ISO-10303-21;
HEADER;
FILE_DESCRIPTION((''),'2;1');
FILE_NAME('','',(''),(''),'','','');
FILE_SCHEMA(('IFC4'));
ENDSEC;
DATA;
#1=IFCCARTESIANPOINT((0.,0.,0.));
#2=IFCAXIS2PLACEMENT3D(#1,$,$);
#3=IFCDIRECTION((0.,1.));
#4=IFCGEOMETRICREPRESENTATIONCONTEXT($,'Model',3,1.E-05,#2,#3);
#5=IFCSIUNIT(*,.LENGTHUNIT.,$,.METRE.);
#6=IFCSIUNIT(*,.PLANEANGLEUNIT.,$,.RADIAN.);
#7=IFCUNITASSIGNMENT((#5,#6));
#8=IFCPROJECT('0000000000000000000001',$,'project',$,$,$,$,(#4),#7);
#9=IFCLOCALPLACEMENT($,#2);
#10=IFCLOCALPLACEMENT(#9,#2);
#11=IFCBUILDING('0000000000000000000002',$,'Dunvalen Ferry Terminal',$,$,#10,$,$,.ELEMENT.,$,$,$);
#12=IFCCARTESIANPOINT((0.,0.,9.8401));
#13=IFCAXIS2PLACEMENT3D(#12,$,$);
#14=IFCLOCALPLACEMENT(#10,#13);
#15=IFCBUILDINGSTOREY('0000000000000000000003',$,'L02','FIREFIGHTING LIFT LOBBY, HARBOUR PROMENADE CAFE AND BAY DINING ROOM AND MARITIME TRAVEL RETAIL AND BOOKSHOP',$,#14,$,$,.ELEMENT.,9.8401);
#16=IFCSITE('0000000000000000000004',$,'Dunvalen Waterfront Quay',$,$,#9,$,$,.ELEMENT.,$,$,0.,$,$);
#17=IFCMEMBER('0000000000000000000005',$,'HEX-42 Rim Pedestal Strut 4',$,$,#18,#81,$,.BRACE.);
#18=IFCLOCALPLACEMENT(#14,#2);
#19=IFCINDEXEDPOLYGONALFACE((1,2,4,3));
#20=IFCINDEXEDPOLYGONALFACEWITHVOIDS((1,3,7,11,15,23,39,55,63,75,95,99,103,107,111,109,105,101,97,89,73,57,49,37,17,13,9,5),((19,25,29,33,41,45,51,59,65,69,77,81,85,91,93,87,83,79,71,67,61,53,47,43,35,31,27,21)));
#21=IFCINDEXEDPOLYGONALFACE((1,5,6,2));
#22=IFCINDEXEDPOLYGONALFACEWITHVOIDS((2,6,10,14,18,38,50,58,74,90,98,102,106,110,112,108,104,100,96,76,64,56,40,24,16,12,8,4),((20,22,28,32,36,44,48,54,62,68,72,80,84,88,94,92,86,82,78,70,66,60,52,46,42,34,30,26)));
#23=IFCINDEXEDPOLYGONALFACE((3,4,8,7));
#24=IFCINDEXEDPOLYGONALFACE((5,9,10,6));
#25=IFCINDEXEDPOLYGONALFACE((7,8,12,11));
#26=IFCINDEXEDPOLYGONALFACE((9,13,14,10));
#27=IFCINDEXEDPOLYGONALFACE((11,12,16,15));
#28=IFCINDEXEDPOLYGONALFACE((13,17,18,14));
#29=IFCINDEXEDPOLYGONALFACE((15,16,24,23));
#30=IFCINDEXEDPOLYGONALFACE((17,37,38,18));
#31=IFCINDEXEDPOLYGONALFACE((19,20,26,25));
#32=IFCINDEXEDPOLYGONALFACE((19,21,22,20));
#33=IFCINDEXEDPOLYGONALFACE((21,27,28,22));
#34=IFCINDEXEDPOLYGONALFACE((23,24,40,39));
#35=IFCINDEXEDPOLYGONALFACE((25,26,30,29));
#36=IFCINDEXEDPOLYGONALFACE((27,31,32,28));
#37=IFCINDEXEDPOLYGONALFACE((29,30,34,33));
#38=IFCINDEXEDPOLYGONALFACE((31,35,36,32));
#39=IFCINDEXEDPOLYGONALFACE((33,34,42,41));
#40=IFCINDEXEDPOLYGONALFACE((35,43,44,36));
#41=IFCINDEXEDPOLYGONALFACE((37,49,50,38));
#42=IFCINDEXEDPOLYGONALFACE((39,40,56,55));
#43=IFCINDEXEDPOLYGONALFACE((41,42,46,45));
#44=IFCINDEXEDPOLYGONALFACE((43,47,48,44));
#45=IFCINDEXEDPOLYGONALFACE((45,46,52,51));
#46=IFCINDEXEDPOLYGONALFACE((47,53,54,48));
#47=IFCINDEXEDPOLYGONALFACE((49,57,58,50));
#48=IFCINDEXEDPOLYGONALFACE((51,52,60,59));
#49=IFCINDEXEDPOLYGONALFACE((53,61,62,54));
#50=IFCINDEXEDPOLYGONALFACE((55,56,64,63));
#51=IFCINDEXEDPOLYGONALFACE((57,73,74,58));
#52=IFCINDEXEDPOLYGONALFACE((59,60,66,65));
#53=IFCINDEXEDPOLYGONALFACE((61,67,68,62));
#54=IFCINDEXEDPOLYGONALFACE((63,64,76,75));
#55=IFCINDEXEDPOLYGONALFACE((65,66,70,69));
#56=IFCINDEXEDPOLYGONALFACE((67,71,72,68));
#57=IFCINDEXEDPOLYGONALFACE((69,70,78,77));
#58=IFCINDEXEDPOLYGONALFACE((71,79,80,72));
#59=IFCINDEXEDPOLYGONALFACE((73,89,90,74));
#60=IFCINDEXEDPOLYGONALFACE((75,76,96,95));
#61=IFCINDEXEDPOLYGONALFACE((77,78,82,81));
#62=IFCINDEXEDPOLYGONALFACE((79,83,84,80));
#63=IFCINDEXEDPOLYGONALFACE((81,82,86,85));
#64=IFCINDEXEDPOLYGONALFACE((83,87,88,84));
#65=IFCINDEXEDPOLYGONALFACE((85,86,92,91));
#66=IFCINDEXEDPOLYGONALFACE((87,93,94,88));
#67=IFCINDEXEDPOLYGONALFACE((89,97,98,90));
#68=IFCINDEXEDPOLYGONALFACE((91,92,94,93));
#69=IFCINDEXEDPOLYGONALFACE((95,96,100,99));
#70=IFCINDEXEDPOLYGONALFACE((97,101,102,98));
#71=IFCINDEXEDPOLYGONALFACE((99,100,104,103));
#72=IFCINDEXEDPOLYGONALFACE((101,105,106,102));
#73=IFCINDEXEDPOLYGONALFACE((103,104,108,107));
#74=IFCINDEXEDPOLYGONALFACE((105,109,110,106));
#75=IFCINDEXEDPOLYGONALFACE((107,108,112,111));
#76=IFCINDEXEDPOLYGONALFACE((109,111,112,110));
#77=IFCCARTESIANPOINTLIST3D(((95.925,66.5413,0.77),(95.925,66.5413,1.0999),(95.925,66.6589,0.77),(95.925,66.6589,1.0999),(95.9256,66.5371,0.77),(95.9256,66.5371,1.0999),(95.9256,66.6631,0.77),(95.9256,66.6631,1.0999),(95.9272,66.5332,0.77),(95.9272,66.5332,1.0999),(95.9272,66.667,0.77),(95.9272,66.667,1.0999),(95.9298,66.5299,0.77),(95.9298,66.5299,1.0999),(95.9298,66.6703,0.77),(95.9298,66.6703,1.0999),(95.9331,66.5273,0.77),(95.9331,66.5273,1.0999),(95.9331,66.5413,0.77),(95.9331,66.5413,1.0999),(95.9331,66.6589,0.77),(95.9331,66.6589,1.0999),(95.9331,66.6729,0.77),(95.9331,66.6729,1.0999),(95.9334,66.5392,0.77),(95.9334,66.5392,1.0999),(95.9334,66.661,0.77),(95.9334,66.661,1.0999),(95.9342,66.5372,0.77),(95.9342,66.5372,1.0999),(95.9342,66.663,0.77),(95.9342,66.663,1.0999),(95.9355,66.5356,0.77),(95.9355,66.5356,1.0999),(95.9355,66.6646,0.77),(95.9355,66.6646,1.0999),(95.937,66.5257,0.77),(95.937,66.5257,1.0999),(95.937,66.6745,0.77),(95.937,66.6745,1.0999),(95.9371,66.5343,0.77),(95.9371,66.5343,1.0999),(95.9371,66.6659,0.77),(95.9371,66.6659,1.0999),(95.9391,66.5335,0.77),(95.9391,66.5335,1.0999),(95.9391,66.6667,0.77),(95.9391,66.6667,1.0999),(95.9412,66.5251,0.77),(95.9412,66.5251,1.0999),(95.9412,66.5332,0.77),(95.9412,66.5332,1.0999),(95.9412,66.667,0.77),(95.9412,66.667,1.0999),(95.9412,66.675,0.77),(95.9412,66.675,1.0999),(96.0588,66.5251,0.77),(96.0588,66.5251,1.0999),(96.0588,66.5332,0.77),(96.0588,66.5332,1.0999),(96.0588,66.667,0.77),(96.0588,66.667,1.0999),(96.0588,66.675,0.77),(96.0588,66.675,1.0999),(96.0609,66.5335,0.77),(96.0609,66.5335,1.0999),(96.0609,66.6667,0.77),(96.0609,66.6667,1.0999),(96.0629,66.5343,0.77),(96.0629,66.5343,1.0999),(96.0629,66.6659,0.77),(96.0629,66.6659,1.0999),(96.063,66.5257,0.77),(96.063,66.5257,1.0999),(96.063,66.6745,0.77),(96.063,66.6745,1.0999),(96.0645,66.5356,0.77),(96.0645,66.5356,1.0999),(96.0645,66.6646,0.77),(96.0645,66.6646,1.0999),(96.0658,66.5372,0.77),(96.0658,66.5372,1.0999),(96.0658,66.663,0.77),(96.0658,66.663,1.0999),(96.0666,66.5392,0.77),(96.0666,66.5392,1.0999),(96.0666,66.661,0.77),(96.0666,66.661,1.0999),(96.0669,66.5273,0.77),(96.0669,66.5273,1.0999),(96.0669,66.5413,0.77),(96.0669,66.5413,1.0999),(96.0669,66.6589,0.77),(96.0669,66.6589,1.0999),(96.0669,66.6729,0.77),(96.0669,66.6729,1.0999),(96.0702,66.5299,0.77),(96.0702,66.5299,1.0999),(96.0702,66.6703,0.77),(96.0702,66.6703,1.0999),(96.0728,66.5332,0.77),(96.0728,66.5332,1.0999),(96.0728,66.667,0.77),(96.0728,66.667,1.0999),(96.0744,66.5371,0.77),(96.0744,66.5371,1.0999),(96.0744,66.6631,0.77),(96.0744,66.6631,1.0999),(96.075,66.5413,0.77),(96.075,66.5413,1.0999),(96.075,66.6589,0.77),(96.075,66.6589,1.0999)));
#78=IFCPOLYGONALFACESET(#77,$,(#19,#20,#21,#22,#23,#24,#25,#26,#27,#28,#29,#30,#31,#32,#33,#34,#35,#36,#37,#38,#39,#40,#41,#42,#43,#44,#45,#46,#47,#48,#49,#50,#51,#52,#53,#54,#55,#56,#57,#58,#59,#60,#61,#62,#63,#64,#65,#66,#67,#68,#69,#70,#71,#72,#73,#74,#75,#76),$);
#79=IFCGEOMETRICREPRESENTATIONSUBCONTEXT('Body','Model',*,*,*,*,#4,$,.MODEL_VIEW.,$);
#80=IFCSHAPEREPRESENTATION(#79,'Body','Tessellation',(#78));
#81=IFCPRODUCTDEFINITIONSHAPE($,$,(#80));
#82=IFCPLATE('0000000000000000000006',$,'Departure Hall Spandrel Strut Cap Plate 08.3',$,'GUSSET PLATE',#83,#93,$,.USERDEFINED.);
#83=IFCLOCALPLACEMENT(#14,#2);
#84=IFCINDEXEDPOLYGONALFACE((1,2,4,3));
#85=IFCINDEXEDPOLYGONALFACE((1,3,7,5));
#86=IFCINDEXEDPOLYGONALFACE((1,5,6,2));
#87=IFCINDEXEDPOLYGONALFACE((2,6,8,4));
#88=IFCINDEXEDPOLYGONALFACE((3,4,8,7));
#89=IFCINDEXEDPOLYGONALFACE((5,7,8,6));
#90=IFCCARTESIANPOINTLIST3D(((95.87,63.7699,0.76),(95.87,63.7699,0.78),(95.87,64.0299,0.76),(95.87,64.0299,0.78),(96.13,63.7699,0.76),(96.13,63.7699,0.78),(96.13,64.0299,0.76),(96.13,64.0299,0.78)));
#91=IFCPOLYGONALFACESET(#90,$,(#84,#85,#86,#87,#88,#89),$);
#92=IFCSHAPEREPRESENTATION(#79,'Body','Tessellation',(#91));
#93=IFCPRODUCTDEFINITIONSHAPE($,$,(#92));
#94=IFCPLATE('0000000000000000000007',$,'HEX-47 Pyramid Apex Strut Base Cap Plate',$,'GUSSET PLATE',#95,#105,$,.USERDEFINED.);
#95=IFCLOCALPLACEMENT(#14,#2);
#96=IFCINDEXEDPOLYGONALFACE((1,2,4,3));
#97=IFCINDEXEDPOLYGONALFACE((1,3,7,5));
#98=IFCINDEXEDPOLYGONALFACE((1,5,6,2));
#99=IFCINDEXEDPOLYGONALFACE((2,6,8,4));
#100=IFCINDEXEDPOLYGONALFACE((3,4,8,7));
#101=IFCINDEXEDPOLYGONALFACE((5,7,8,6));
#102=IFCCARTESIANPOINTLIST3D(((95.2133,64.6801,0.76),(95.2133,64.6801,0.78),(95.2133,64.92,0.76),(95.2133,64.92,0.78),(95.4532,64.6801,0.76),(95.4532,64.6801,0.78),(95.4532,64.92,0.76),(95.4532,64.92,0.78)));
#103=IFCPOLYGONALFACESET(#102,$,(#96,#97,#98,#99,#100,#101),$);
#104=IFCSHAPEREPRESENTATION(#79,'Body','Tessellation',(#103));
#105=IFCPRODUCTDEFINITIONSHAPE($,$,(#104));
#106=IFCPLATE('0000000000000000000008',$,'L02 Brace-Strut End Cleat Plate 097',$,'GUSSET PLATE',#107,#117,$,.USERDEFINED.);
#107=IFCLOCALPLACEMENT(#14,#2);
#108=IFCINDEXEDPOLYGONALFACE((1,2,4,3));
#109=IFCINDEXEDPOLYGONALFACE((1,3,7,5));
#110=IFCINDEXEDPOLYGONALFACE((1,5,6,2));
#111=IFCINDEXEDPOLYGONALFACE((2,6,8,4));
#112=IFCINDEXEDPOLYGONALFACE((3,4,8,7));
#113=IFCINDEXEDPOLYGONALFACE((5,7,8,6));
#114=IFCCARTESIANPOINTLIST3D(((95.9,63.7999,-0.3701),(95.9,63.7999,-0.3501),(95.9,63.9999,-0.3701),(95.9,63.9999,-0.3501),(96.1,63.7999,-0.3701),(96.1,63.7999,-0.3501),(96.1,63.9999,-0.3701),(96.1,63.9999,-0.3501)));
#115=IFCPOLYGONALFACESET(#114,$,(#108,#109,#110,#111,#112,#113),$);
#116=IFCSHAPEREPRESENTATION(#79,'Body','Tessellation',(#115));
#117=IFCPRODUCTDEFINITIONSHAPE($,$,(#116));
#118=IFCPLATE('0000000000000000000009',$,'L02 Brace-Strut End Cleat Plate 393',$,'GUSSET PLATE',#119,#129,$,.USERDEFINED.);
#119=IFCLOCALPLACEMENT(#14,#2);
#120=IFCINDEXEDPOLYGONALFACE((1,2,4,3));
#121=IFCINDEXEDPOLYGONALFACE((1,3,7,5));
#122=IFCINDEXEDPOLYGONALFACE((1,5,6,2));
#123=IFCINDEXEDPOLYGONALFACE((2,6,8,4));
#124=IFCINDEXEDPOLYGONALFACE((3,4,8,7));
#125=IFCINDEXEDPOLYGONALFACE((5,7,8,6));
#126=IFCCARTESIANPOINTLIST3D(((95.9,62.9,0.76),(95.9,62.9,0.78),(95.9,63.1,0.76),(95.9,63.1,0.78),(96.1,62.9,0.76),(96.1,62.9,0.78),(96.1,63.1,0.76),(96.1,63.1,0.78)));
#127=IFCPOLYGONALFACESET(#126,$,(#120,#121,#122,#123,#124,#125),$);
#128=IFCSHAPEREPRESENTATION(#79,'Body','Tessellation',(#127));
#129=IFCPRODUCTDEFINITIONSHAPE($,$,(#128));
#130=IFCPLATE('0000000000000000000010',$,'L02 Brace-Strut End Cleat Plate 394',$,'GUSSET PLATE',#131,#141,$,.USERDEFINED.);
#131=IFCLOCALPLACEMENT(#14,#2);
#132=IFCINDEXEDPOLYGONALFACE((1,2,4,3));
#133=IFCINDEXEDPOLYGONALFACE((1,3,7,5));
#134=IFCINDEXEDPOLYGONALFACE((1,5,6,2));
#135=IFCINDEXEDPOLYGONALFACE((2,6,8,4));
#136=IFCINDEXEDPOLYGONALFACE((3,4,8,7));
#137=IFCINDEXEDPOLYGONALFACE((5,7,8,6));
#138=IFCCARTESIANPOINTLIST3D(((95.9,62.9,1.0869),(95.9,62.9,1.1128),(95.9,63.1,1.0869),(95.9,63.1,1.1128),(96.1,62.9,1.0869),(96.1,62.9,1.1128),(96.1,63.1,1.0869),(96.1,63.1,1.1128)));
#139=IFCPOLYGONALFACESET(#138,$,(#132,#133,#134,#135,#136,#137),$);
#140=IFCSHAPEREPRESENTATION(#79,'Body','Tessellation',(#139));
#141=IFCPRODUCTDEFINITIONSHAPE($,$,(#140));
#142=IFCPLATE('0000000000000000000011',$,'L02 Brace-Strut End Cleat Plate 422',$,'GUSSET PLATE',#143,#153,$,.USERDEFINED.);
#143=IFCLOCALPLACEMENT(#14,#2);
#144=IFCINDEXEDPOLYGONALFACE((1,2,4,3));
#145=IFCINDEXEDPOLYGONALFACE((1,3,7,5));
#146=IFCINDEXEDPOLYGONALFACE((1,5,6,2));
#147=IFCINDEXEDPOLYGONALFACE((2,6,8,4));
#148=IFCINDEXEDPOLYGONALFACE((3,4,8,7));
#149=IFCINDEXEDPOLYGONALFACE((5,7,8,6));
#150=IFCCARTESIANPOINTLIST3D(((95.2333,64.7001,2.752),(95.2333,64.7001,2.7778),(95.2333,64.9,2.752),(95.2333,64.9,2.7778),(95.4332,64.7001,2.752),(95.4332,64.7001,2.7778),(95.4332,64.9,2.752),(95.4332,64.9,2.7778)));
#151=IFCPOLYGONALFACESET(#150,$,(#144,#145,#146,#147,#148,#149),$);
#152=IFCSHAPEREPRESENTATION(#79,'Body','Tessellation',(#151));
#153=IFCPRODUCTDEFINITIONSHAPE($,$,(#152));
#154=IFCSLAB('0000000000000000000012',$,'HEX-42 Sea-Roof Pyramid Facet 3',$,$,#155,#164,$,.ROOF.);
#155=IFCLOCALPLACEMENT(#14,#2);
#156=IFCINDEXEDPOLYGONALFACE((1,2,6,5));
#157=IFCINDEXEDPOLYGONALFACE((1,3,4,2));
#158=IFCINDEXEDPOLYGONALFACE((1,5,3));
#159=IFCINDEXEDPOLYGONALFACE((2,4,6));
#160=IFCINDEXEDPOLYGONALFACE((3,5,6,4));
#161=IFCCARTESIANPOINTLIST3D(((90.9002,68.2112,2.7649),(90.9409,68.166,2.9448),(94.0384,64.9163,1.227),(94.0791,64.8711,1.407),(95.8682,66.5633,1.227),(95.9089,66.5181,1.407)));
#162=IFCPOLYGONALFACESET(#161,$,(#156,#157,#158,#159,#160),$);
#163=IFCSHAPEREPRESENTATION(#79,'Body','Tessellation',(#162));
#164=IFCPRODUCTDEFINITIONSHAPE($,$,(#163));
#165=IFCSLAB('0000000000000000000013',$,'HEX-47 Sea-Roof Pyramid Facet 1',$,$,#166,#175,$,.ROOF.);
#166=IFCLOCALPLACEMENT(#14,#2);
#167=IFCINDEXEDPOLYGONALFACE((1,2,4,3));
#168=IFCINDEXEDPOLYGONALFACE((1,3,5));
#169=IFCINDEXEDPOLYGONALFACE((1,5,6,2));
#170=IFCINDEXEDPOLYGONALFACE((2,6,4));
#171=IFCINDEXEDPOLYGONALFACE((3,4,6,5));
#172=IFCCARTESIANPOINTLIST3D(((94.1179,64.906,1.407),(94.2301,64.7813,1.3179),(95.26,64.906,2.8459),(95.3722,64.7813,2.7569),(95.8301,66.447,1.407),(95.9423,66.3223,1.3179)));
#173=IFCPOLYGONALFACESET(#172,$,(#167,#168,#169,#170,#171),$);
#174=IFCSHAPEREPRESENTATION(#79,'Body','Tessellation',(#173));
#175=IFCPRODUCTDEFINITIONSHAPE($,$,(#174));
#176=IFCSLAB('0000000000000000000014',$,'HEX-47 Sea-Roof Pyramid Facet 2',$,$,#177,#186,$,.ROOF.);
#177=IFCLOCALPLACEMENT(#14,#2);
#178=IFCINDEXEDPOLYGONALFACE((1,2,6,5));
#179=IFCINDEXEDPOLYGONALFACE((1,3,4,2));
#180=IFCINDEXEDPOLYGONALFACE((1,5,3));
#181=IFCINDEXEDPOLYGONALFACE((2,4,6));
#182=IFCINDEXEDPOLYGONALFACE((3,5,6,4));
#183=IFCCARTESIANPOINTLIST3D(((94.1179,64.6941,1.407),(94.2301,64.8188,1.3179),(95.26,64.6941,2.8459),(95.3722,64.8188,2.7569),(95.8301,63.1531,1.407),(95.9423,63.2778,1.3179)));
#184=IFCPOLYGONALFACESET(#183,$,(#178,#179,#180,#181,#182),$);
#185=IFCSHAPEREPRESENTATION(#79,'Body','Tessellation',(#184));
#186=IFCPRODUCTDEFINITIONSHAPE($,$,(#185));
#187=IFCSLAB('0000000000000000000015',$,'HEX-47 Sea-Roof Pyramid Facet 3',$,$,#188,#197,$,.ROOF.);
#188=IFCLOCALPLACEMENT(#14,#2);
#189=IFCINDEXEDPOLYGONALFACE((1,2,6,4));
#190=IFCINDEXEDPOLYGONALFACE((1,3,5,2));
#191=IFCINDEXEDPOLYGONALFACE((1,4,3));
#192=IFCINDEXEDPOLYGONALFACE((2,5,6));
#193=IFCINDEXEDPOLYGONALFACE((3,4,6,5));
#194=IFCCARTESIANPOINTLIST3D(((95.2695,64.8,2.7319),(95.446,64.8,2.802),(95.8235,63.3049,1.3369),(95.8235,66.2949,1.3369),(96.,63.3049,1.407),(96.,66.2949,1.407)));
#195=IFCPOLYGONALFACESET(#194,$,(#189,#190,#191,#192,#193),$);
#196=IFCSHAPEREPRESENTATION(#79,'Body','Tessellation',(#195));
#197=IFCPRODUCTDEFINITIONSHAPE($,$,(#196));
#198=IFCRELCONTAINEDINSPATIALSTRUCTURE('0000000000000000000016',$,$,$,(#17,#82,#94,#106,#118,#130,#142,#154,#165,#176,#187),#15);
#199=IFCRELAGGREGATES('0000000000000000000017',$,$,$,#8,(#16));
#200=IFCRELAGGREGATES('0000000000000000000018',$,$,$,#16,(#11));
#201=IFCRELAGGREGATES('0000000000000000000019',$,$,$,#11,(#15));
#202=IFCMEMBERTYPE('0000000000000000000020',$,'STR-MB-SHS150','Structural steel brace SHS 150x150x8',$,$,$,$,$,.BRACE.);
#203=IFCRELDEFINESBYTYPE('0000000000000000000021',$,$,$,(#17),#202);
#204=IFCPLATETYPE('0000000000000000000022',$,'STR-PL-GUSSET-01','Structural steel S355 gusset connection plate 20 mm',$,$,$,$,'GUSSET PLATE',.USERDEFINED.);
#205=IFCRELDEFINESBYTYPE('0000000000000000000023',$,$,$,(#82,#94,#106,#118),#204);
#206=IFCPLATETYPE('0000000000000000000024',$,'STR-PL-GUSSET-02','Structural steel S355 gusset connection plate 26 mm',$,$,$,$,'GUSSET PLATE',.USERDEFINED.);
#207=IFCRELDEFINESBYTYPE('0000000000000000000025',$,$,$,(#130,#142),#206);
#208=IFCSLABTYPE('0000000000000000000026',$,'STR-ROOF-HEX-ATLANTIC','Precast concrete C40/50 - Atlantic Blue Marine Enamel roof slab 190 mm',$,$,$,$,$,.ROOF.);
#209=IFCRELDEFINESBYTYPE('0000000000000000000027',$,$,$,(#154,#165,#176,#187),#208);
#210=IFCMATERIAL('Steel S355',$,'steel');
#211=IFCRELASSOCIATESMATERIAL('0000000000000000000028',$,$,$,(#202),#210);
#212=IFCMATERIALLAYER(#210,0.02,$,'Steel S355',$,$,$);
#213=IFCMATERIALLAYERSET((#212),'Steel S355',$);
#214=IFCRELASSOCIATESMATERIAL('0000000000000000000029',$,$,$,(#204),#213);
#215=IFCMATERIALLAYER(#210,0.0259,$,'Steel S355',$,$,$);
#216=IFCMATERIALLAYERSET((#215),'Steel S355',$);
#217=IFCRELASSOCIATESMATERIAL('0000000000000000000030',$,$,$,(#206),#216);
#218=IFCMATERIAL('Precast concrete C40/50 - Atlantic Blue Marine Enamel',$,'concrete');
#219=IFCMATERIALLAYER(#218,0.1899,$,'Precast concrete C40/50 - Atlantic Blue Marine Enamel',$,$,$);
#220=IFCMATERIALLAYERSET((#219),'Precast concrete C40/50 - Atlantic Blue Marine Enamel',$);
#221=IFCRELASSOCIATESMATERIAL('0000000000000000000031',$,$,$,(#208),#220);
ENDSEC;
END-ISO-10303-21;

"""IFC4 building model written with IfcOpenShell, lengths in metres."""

from ifc_helpers import new_model, si_unit, direction, frame, origin, origin_2d, place, context, subcontext, project, spatial, polyline, rectangle, hollow_rectangle, outline, extrude, material, layer, layer_set, material_profile, profile_set, type_object, element, save


model = new_model("IFC4")

# Units and contexts
model_context = context("Model", 3, precision=1e-05, world=origin(), true_north=direction((0.0, 1.0)))
body_context = subcontext(model_context, "Body", "Model", "MODEL_VIEW")
ifc_project = project(units=[si_unit("LENGTHUNIT", "METRE"), si_unit("PLANEANGLEUNIT", "RADIAN")], contexts=[model_context])

# Site, building, storey
site_placement = place(None, origin())
site = spatial("IfcSite", under=ifc_project, at=site_placement, Name="Dunvalen Waterfront Quay", CompositionType="ELEMENT", RefElevation=0.0)
building_placement = place(site_placement, origin())
building = spatial("IfcBuilding", under=site, at=building_placement, Name="Dunvalen Ferry Terminal", CompositionType="ELEMENT")
storey_placement = place(building_placement, frame((0.0, 0.0, 9.8401)))
storey = spatial("IfcBuildingStorey", under=building, at=storey_placement, Name="L02", Description="FIREFIGHTING LIFT LOBBY, HARBOUR PROMENADE CAFE AND BAY DINING ROOM AND MARITIME TRAVEL RETAIL AND BOOKSHOP", CompositionType="ELEMENT", Elevation=9.8401)

# Shared definitions
ifc_material_1 = material(Name="Steel S355", Category="steel")

# Member
ifc_material_profile_1 = material_profile(ifc_material_1, hollow_rectangle(XDim=0.1499, YDim=0.1499, WallThickness=0.0081, InnerFilletRadius=0.0081, OuterFilletRadius=0.0161, at=origin_2d()), Name="Steel S355")
ifc_profile_set_1 = profile_set([ifc_material_profile_1], Name="Steel S355")
member_type_1 = type_object("IfcMemberType", Name="STR-MB-SHS150", Description="Structural steel brace SHS 150x150x8", PredefinedType="BRACE", material=ifc_profile_set_1)
for number, where, z_axis, x_axis, name in (
    (1, (96.0, 66.6001, 0.77), (0.0, 0.0, 1.0), (1.0, 0.0, 0.0), "HEX-42 Rim Pedestal Strut 4"),
):
    element("IfcMember", number, at=place(storey_placement, frame(where, z_axis=z_axis, x_axis=x_axis)), inside=storey, type_object=member_type_1, Name=name, PredefinedType="BRACE", context=body_context, shape_type="SweptSolid", body=[
        extrude(hollow_rectangle(XDim=0.1499, YDim=0.1499, WallThickness=0.0081, InnerFilletRadius=0.0081, OuterFilletRadius=0.0161, at=origin_2d()), origin(), (0.0, 0.0, 1.0), 0.3298),
    ])

# Plates
ifc_layer_1 = layer(ifc_material_1, 0.02, Name="Steel S355")
ifc_layer_set_1 = layer_set([ifc_layer_1], Name="Steel S355")
plate_type_1 = type_object("IfcPlateType", Name="STR-PL-GUSSET-01", Description="Structural steel S355 gusset connection plate 20 mm", ElementType="GUSSET PLATE", PredefinedType="USERDEFINED", material=ifc_layer_set_1)
plate_1_placement = place(storey_placement, frame((96.0, 63.8999, 0.76), z_axis=(0.0, 0.0, 1.0), x_axis=(1.0, 0.0, 0.0)))
element("IfcPlate", 2, at=plate_1_placement, inside=storey, type_object=plate_type_1, Name="Departure Hall Spandrel Strut Cap Plate 08.3", ObjectType="GUSSET PLATE", PredefinedType="USERDEFINED", context=body_context, shape_type="SweptSolid", body=[
    extrude(rectangle(XDim=0.26, YDim=0.26, at=origin_2d()), origin(), (0.0, 0.0, 1.0), 0.02),
])
plate_2_placement = place(storey_placement, frame((95.3333, 64.8, 0.76), z_axis=(0.0, 0.0, 1.0), x_axis=(1.0, 0.0, 0.0)))
element("IfcPlate", 3, at=plate_2_placement, inside=storey, type_object=plate_type_1, Name="HEX-47 Pyramid Apex Strut Base Cap Plate", ObjectType="GUSSET PLATE", PredefinedType="USERDEFINED", context=body_context, shape_type="SweptSolid", body=[
    extrude(rectangle(XDim=0.24, YDim=0.24, at=origin_2d()), origin(), (0.0, 0.0, 1.0), 0.02),
])
for number, where, z_axis, x_axis, name in (
    (4, (96.0, 63.8999, -0.3701), (0.0, 0.0, 1.0), (1.0, 0.0, 0.0), "L02 Brace-Strut End Cleat Plate 097"),
    (5, (96.0, 63.0, 0.76), (0.0, 0.0, 1.0), (1.0, 0.0, 0.0), "L02 Brace-Strut End Cleat Plate 393"),
):
    element("IfcPlate", number, at=place(storey_placement, frame(where, z_axis=z_axis, x_axis=x_axis)), inside=storey, type_object=plate_type_1, Name=name, ObjectType="GUSSET PLATE", PredefinedType="USERDEFINED", context=body_context, shape_type="SweptSolid", body=[
        extrude(rectangle(XDim=0.2, YDim=0.2, at=origin_2d()), origin(), (0.0, 0.0, 1.0), 0.02),
    ])
ifc_layer_2 = layer(ifc_material_1, 0.0259, Name="Steel S355")
ifc_layer_set_2 = layer_set([ifc_layer_2], Name="Steel S355")
plate_type_2 = type_object("IfcPlateType", Name="STR-PL-GUSSET-02", Description="Structural steel S355 gusset connection plate 26 mm", ElementType="GUSSET PLATE", PredefinedType="USERDEFINED", material=ifc_layer_set_2)
for number, where, z_axis, x_axis, name in (
    (6, (96.0, 63.0, 1.0869), (0.0, 0.0, 1.0), (1.0, 0.0, 0.0), "L02 Brace-Strut End Cleat Plate 394"),
    (7, (95.3333, 64.8, 2.752), (0.0, 0.0, 1.0), (1.0, 0.0, 0.0), "L02 Brace-Strut End Cleat Plate 422"),
):
    element("IfcPlate", number, at=place(storey_placement, frame(where, z_axis=z_axis, x_axis=x_axis)), inside=storey, type_object=plate_type_2, Name=name, ObjectType="GUSSET PLATE", PredefinedType="USERDEFINED", context=body_context, shape_type="SweptSolid", body=[
        extrude(rectangle(XDim=0.2, YDim=0.2, at=origin_2d()), origin(), (0.0, 0.0, 1.0), 0.0259),
    ])

# Slabs
ifc_material_2 = material(Name="Precast concrete C40/50 - Atlantic Blue Marine Enamel", Category="concrete")
ifc_layer_3 = layer(ifc_material_2, 0.1899, Name="Precast concrete C40/50 - Atlantic Blue Marine Enamel")
ifc_layer_set_3 = layer_set([ifc_layer_3], Name="Precast concrete C40/50 - Atlantic Blue Marine Enamel")
slab_type_1 = type_object("IfcSlabType", Name="STR-ROOF-HEX-ATLANTIC", Description="Precast concrete C40/50 - Atlantic Blue Marine Enamel roof slab 190 mm", PredefinedType="ROOF", material=ifc_layer_set_3)
slab_1_placement = place(storey_placement, frame((94.0791, 64.8711, 1.407), z_axis=(0.214273, -0.238063, 0.947319), x_axis=(0.743269, 0.668992, 0.0)))
element("IfcSlab", 8, at=slab_1_placement, inside=storey, type_object=slab_type_1, Name="HEX-42 Sea-Roof Pyramid Facet 3", PredefinedType="ROOF", context=body_context, shape_type="SweptSolid", body=[
    extrude(outline(polyline([(0.0, 0.0), (2.4619, 0.0), (-0.1282, 4.8014), (0.0, 0.0)])), origin(), (0.0, 0.0, -1.0), 0.1899),
])
slab_2_placement = place(storey_placement, frame((95.8301, 66.447, 1.407), z_axis=(-0.590859, 0.656479, 0.468958), x_axis=(-0.743278, -0.668982, 0.0)))
element("IfcSlab", 9, at=slab_2_placement, inside=storey, type_object=slab_type_1, Name="HEX-47 Sea-Roof Pyramid Facet 1", PredefinedType="ROOF", context=body_context, shape_type="SweptSolid", body=[
    extrude(outline(polyline([(0.0, 0.0), (2.3035, 0.0), (1.4546, 1.6292), (0.0, 0.0)])), origin(), (0.0, 0.0, -1.0), 0.1899),
])
slab_3_placement = place(storey_placement, frame((94.1179, 64.6941, 1.407), z_axis=(-0.590859, -0.656479, 0.468958), x_axis=(0.743278, -0.668982, 0.0)))
element("IfcSlab", 10, at=slab_3_placement, inside=storey, type_object=slab_type_1, Name="HEX-47 Sea-Roof Pyramid Facet 2", PredefinedType="ROOF", context=body_context, shape_type="SweptSolid", body=[
    extrude(outline(polyline([(0.0, 0.0), (2.3035, 0.0), (0.8489, 1.6292), (0.0, 0.0)])), origin(), (0.0, 0.0, -1.0), 0.1899),
])
slab_4_placement = place(storey_placement, frame((96.0, 63.3049, 1.407), z_axis=(0.929405, 0.0, 0.369062), x_axis=(0.0, 1.0, 0.0)))
element("IfcSlab", 11, at=slab_4_placement, inside=storey, type_object=slab_type_1, Name="HEX-47 Sea-Roof Pyramid Facet 3", PredefinedType="ROOF", context=body_context, shape_type="SweptSolid", body=[
    extrude(outline(polyline([(0.0, 0.0), (2.99, 0.0), (1.4951, 1.501), (0.0, 0.0)])), origin(), (0.0, 0.0, -1.0), 0.1899),
])

save(model, "model.ifc")
